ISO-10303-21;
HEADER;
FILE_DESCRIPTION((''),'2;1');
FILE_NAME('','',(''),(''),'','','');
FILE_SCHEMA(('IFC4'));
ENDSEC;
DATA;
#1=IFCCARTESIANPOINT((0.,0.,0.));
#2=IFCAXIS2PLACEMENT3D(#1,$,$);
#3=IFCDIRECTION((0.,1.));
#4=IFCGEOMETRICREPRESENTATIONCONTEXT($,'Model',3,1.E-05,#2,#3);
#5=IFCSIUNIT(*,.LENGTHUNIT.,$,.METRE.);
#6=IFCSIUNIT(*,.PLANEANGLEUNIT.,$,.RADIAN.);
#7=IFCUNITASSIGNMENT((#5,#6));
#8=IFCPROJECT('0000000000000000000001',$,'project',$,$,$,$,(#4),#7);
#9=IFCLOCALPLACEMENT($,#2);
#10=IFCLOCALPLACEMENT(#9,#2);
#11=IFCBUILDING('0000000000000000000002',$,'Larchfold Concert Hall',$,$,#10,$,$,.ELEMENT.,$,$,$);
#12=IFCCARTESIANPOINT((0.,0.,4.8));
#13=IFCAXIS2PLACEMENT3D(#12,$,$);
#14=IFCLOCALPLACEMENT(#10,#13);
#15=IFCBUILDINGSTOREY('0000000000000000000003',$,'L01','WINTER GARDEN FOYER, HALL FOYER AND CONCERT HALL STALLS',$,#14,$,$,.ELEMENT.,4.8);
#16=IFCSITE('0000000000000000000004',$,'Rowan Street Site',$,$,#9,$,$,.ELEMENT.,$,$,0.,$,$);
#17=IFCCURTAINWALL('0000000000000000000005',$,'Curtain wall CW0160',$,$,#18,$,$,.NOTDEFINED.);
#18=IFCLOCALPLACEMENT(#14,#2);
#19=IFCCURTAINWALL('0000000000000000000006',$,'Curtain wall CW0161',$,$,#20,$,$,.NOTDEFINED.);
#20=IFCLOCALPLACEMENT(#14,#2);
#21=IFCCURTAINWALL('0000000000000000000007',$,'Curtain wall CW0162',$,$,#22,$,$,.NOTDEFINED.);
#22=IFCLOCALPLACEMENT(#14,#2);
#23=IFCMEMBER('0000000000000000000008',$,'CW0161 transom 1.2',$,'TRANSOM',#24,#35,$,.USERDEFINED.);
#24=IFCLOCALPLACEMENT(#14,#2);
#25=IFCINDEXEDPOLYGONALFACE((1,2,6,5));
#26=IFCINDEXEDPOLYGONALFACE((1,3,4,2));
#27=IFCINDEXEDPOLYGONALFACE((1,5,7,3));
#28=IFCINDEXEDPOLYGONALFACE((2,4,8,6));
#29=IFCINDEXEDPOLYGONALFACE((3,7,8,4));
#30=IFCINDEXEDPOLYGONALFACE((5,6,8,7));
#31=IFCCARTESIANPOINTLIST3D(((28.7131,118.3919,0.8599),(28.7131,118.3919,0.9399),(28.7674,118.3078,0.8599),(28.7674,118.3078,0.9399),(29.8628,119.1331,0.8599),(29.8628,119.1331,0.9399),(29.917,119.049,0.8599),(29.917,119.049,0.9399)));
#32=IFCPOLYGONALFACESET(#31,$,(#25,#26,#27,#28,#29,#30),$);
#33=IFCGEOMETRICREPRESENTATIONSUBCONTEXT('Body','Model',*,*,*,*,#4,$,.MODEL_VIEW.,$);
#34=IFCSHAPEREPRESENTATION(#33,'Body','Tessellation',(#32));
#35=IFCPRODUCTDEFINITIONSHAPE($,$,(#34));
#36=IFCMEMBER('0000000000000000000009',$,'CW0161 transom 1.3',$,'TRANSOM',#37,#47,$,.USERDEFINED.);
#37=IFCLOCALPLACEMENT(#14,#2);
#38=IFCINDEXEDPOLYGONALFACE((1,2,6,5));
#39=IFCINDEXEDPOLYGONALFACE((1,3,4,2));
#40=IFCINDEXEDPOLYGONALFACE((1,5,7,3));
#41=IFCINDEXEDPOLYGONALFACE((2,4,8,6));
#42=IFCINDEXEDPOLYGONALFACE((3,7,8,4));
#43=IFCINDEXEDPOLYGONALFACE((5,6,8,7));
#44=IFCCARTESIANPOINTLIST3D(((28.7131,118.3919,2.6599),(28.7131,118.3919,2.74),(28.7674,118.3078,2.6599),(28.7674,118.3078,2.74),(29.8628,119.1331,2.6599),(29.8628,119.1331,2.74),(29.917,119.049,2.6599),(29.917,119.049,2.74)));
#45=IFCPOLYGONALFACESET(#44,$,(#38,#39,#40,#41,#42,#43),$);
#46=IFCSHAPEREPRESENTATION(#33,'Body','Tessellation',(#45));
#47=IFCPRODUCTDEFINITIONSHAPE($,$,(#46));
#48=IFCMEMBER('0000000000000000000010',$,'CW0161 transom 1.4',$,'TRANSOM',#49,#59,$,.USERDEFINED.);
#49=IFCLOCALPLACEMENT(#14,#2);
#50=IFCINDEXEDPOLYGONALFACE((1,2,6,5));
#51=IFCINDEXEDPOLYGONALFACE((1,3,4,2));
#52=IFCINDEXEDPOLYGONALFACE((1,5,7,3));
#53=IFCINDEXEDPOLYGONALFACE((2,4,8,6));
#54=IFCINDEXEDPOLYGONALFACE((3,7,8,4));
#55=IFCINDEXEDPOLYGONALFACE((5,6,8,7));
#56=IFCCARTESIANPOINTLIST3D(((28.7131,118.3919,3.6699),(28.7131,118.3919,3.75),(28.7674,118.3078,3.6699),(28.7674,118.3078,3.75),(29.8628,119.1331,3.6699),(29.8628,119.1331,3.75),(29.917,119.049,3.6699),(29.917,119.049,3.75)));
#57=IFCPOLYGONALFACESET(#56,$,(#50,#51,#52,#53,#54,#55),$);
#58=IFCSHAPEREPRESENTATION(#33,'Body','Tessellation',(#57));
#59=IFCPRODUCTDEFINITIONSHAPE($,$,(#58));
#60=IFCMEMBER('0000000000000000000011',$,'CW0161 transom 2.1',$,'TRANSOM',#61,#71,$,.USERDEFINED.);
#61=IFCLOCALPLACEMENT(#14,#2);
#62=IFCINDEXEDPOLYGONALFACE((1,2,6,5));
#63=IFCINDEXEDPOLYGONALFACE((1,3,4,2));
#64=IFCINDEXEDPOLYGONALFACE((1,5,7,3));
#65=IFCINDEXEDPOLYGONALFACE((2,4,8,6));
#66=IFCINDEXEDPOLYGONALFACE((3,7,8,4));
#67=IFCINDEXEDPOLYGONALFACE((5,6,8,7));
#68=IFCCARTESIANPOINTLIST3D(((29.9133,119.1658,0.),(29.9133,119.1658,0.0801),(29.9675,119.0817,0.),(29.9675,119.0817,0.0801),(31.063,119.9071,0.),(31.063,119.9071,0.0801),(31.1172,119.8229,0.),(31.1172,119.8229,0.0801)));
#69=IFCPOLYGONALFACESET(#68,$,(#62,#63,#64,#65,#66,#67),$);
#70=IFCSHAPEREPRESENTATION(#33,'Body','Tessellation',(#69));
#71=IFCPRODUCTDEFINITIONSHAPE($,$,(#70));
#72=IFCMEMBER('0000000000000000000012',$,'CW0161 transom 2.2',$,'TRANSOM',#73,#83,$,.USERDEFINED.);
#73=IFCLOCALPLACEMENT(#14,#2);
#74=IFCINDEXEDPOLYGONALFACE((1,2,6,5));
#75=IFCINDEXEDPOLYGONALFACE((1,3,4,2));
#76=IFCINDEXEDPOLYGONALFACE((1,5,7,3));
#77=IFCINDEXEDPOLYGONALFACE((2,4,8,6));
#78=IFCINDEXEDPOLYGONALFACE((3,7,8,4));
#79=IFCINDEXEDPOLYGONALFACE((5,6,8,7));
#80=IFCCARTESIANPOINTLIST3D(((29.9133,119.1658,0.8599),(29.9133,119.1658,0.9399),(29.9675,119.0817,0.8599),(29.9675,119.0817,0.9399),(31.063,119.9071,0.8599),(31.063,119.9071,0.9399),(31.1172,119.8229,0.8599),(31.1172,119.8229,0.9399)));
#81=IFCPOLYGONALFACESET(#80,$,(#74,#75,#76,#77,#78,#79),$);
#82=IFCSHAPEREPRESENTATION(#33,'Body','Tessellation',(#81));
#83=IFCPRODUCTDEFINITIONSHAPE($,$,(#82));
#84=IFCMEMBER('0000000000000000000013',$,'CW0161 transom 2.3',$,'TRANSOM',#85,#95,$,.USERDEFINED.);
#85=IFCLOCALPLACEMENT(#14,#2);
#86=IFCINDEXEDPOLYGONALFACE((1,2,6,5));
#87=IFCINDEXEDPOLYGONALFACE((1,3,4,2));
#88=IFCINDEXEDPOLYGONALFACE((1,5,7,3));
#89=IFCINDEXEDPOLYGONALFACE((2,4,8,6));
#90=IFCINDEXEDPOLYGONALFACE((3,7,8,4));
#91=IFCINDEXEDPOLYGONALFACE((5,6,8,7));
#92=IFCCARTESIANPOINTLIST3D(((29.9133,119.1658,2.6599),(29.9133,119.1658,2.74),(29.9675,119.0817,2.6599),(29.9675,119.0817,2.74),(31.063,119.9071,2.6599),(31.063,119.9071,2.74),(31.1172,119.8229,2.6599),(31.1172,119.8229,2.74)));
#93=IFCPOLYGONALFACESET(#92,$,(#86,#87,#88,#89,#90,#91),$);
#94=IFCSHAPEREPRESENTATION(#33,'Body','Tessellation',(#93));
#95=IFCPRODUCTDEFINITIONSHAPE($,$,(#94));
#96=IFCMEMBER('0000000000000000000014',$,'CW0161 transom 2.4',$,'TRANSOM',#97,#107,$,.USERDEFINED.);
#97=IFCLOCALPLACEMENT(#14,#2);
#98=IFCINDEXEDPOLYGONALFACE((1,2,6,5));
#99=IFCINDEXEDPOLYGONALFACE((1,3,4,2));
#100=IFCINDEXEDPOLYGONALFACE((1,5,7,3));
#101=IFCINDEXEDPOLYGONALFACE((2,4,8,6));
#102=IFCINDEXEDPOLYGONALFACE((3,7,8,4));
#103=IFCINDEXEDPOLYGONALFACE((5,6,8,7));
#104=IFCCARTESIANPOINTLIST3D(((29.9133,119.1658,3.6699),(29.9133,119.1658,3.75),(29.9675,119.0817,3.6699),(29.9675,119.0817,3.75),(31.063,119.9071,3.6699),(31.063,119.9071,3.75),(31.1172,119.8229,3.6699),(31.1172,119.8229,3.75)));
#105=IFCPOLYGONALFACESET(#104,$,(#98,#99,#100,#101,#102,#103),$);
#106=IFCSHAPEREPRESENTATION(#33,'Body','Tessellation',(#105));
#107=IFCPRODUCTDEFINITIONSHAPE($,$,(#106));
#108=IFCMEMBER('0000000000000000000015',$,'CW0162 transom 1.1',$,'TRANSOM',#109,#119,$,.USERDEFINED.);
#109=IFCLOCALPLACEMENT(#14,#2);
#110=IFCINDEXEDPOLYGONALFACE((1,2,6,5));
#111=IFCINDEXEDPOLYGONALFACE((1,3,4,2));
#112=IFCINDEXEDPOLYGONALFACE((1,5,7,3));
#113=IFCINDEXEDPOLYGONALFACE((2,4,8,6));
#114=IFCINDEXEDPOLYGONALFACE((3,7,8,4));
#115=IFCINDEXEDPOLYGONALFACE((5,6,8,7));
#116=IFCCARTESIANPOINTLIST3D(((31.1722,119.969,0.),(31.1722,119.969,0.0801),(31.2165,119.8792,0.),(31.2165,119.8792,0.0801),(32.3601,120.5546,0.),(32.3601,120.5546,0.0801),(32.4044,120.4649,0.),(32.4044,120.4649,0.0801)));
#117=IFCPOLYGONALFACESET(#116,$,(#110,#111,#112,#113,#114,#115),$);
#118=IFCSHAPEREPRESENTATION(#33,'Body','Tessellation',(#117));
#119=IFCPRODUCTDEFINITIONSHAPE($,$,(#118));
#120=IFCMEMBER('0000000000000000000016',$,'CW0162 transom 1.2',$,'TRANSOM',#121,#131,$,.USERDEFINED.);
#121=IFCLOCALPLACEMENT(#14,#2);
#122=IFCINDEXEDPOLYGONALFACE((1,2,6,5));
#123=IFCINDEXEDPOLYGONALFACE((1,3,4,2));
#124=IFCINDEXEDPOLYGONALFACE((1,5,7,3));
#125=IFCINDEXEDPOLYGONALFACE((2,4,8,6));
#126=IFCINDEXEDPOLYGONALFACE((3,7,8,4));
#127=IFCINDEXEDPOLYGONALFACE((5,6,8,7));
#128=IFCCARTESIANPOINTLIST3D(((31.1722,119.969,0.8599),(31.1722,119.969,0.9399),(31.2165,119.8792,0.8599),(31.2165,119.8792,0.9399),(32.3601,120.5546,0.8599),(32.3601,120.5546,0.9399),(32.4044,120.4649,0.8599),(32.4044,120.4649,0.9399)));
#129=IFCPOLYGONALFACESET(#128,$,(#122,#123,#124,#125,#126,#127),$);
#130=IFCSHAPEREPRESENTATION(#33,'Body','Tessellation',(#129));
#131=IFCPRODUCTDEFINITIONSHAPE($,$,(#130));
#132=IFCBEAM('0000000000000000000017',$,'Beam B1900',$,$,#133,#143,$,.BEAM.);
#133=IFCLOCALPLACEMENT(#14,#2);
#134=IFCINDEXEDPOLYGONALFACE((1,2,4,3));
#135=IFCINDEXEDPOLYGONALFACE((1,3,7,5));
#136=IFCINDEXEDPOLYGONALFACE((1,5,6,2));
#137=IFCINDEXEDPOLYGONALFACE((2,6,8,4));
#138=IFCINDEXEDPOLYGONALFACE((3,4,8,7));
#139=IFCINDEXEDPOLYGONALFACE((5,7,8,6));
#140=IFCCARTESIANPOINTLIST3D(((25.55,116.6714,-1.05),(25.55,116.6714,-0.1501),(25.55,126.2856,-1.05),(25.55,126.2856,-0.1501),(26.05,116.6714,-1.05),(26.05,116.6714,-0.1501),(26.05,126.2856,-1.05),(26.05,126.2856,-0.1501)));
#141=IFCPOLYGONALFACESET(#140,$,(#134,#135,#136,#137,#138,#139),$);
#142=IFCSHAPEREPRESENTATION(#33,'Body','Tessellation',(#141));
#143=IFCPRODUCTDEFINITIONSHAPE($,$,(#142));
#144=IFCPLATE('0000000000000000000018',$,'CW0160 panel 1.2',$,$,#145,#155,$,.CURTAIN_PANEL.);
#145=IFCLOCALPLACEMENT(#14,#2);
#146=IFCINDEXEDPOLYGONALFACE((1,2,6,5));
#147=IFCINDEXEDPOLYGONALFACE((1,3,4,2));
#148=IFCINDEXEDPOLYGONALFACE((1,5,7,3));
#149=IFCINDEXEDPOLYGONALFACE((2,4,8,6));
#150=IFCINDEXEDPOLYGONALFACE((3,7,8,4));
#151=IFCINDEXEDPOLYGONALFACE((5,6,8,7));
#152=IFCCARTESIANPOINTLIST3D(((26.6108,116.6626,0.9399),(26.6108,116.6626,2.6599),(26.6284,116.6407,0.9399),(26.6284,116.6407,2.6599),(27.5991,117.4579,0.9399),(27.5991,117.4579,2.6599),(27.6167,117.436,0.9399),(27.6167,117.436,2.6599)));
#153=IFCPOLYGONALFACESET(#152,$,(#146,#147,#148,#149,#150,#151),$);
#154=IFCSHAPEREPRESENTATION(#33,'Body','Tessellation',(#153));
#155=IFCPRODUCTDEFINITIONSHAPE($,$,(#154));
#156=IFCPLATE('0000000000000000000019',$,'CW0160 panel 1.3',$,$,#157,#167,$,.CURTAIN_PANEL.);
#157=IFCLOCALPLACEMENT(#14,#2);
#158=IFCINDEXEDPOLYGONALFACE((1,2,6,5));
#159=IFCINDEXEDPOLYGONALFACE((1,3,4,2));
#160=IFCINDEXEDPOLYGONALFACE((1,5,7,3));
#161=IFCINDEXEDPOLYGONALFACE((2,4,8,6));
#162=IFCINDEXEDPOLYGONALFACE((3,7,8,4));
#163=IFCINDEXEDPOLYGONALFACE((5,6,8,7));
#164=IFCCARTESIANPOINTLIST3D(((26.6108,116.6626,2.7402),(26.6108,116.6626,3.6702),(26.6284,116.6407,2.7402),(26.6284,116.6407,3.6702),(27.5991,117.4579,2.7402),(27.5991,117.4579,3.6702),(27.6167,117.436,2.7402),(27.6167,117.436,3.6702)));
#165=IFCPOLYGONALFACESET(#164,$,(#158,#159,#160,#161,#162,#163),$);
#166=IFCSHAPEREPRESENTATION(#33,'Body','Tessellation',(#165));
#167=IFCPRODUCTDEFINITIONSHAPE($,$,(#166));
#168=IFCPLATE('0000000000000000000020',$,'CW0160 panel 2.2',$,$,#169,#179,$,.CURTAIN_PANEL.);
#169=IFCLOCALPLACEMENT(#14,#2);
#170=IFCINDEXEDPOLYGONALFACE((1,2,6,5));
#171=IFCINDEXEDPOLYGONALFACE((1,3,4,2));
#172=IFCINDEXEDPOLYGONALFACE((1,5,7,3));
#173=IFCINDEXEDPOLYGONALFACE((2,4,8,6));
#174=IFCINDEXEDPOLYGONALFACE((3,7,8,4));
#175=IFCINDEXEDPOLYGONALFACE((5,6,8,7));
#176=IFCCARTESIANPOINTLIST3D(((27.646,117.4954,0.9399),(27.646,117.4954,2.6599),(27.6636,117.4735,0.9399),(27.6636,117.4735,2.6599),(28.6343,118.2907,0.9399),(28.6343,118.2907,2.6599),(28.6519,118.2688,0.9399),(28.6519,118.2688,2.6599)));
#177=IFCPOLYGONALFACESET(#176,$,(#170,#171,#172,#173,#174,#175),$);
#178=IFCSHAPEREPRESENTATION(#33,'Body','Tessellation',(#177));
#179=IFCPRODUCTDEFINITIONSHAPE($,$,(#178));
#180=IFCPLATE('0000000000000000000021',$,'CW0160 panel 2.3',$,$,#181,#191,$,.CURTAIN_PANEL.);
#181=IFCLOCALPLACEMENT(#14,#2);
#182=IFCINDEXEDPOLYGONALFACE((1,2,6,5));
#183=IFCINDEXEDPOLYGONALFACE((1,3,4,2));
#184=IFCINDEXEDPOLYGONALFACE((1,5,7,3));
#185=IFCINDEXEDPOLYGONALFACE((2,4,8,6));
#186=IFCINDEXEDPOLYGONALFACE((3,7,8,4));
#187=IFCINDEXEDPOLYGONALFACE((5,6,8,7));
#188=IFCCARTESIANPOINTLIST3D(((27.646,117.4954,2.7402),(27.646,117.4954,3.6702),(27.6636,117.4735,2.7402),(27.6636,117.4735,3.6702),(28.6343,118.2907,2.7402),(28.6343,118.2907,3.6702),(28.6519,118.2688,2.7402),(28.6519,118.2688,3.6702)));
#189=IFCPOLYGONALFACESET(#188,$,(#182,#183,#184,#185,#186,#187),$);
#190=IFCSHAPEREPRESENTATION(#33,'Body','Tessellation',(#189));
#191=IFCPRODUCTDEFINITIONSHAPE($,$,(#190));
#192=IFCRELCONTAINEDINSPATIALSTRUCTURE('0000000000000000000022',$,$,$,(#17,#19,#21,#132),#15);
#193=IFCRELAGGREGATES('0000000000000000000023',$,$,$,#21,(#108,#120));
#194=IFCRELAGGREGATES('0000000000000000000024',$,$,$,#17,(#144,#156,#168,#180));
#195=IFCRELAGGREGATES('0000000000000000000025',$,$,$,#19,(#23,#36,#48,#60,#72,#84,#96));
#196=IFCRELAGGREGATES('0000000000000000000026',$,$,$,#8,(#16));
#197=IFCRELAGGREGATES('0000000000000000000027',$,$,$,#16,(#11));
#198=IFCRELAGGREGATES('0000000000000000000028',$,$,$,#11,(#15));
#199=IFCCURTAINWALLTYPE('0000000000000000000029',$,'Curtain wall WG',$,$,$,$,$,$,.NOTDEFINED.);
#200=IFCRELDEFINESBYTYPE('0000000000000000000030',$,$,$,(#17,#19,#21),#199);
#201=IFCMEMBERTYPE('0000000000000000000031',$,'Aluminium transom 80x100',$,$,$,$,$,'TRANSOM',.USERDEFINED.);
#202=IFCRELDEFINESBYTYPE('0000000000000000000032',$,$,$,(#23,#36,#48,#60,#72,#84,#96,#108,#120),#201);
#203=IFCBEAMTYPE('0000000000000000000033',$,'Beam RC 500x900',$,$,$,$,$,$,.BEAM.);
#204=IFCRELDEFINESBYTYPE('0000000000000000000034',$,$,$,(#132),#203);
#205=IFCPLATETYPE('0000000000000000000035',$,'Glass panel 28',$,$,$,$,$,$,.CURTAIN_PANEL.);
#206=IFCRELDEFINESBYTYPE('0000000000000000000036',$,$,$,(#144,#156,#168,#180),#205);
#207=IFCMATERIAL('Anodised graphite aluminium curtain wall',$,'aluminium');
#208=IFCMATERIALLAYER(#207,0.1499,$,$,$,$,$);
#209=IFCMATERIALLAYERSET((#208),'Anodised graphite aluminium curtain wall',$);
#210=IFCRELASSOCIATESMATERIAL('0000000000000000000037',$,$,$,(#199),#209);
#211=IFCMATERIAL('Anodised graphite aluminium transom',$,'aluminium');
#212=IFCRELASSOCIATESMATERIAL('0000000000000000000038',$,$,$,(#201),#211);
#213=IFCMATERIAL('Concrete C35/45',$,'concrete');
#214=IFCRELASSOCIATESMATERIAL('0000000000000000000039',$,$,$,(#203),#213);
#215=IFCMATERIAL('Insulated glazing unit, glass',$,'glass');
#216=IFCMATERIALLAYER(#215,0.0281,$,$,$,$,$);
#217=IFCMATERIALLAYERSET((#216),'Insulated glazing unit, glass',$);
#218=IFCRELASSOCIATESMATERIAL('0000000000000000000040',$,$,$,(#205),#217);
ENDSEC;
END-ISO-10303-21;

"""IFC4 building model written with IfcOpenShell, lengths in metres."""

from ifc_helpers import new_model, si_unit, direction, frame, origin, origin_2d, place, context, subcontext, project, spatial, rectangle, extrude, material, layer, layer_set, material_profile, profile_set, type_object, element, aggregate, save


model = new_model("IFC4")

# Units and contexts
model_context = context("Model", 3, precision=1e-05, world=origin(), true_north=direction((0.0, 1.0)))
body_context = subcontext(model_context, "Body", "Model", "MODEL_VIEW")
ifc_project = project(units=[si_unit("LENGTHUNIT", "METRE"), si_unit("PLANEANGLEUNIT", "RADIAN")], contexts=[model_context])

# Site, building, storey
site_placement = place(None, origin())
site = spatial("IfcSite", under=ifc_project, at=site_placement, Name="Rowan Street Site", CompositionType="ELEMENT", RefElevation=0.0)
building_placement = place(site_placement, origin())
building = spatial("IfcBuilding", under=site, at=building_placement, Name="Larchfold Concert Hall", CompositionType="ELEMENT")
storey_placement = place(building_placement, frame((0.0, 0.0, 4.8)))
storey = spatial("IfcBuildingStorey", under=building, at=storey_placement, Name="L01", Description="WINTER GARDEN FOYER, HALL FOYER AND CONCERT HALL STALLS", CompositionType="ELEMENT", Elevation=4.8)

# Curtain walls
ifc_material_1 = material(Name="Anodised graphite aluminium curtain wall", Category="aluminium")
ifc_layer_1 = layer(ifc_material_1, 0.1499)
ifc_layer_set_1 = layer_set([ifc_layer_1], Name="Anodised graphite aluminium curtain wall")
curtain_wall_type = type_object("IfcCurtainWallType", Name="Curtain wall WG", PredefinedType="NOTDEFINED", material=ifc_layer_set_1)
curtain_wall_1_placement = place(storey_placement, origin())
curtain_wall_1 = element("IfcCurtainWall", 1, at=curtain_wall_1_placement, inside=storey, type_object=curtain_wall_type, Name="Curtain wall CW0160", PredefinedType="NOTDEFINED")
curtain_wall_2_placement = place(storey_placement, origin())
curtain_wall_2 = element("IfcCurtainWall", 2, at=curtain_wall_2_placement, inside=storey, type_object=curtain_wall_type, Name="Curtain wall CW0161", PredefinedType="NOTDEFINED")

# Curtain wall
curtain_wall_3_placement = place(storey_placement, origin())
curtain_wall_3 = element("IfcCurtainWall", 3, at=curtain_wall_3_placement, inside=storey, type_object=curtain_wall_type, Name="Curtain wall CW0162", PredefinedType="NOTDEFINED")

# Members
ifc_material_2 = material(Name="Anodised graphite aluminium transom", Category="aluminium")
ifc_material_profile_1 = material_profile(ifc_material_2, rectangle(XDim=0.1001, YDim=0.0801, at=origin_2d()))
ifc_profile_set_1 = profile_set([ifc_material_profile_1], Name="Anodised graphite aluminium transom")
member_type_1 = type_object("IfcMemberType", Name="Aluminium transom 80x100", ElementType="TRANSOM", PredefinedType="USERDEFINED", material=ifc_profile_set_1)
member_1_placement = place(storey_placement, frame((28.7402, 118.3499, 0.8999), z_axis=(0.840464, 0.541867, 0.0), x_axis=(-0.541867, 0.840464, 0.0)))
member_1 = element("IfcMember", 4, at=member_1_placement, type_object=member_type_1, Name="CW0161 transom 1.2", ObjectType="TRANSOM", PredefinedType="USERDEFINED", context=body_context, shape_type="SweptSolid", body=[
    extrude(rectangle(XDim=0.1001, YDim=0.0801, at=origin_2d()), origin(), (0.0, 0.0, 1.0), 1.3679),
])
member_2_placement = place(storey_placement, frame((28.7402, 118.3499, 2.7), z_axis=(0.840464, 0.541867, 0.0), x_axis=(-0.541867, 0.840464, 0.0)))
member_2 = element("IfcMember", 5, at=member_2_placement, type_object=member_type_1, Name="CW0161 transom 1.3", ObjectType="TRANSOM", PredefinedType="USERDEFINED", context=body_context, shape_type="SweptSolid", body=[
    extrude(rectangle(XDim=0.1001, YDim=0.0801, at=origin_2d()), origin(), (0.0, 0.0, 1.0), 1.3679),
])
member_3_placement = place(storey_placement, frame((28.7402, 118.3499, 3.71), z_axis=(0.840464, 0.541867, 0.0), x_axis=(-0.541867, 0.840464, 0.0)))
member_3 = element("IfcMember", 6, at=member_3_placement, type_object=member_type_1, Name="CW0161 transom 1.4", ObjectType="TRANSOM", PredefinedType="USERDEFINED", context=body_context, shape_type="SweptSolid", body=[
    extrude(rectangle(XDim=0.1001, YDim=0.0801, at=origin_2d()), origin(), (0.0, 0.0, 1.0), 1.3679),
])
member_4_placement = place(storey_placement, frame((29.9404, 119.1238, 0.04), z_axis=(0.840464, 0.541867, 0.0), x_axis=(-0.541867, 0.840464, 0.0)))
member_4 = element("IfcMember", 7, at=member_4_placement, type_object=member_type_1, Name="CW0161 transom 2.1", ObjectType="TRANSOM", PredefinedType="USERDEFINED", context=body_context, shape_type="SweptSolid", body=[
    extrude(rectangle(XDim=0.1001, YDim=0.0801, at=origin_2d()), origin(), (0.0, 0.0, 1.0), 1.3679),
])
member_5_placement = place(storey_placement, frame((29.9404, 119.1238, 0.8999), z_axis=(0.840464, 0.541867, 0.0), x_axis=(-0.541867, 0.840464, 0.0)))
member_5 = element("IfcMember", 8, at=member_5_placement, type_object=member_type_1, Name="CW0161 transom 2.2", ObjectType="TRANSOM", PredefinedType="USERDEFINED", context=body_context, shape_type="SweptSolid", body=[
    extrude(rectangle(XDim=0.1001, YDim=0.0801, at=origin_2d()), origin(), (0.0, 0.0, 1.0), 1.3679),
])
member_6_placement = place(storey_placement, frame((29.9404, 119.1238, 2.7), z_axis=(0.840464, 0.541867, 0.0), x_axis=(-0.541867, 0.840464, 0.0)))
member_6 = element("IfcMember", 9, at=member_6_placement, type_object=member_type_1, Name="CW0161 transom 2.3", ObjectType="TRANSOM", PredefinedType="USERDEFINED", context=body_context, shape_type="SweptSolid", body=[
    extrude(rectangle(XDim=0.1001, YDim=0.0801, at=origin_2d()), origin(), (0.0, 0.0, 1.0), 1.3679),
])
member_7_placement = place(storey_placement, frame((29.9404, 119.1238, 3.71), z_axis=(0.840464, 0.541867, 0.0), x_axis=(-0.541867, 0.840464, 0.0)))
member_7 = element("IfcMember", 10, at=member_7_placement, type_object=member_type_1, Name="CW0161 transom 2.4", ObjectType="TRANSOM", PredefinedType="USERDEFINED", context=body_context, shape_type="SweptSolid", body=[
    extrude(rectangle(XDim=0.1001, YDim=0.0801, at=origin_2d()), origin(), (0.0, 0.0, 1.0), 1.3679),
])
member_8_placement = place(storey_placement, frame((31.1943, 119.9241, 0.04), z_axis=(0.89692, 0.442193, 0.0), x_axis=(-0.442193, 0.89692, 0.0)))
member_8 = element("IfcMember", 11, at=member_8_placement, type_object=member_type_1, Name="CW0162 transom 1.1", ObjectType="TRANSOM", PredefinedType="USERDEFINED", context=body_context, shape_type="SweptSolid", body=[
    extrude(rectangle(XDim=0.1001, YDim=0.0801, at=origin_2d()), origin(), (0.0, 0.0, 1.0), 1.3245),
])
member_9_placement = place(storey_placement, frame((31.1943, 119.9241, 0.8999), z_axis=(0.89692, 0.442193, 0.0), x_axis=(-0.442193, 0.89692, 0.0)))
member_9 = element("IfcMember", 12, at=member_9_placement, type_object=member_type_1, Name="CW0162 transom 1.2", ObjectType="TRANSOM", PredefinedType="USERDEFINED", context=body_context, shape_type="SweptSolid", body=[
    extrude(rectangle(XDim=0.1001, YDim=0.0801, at=origin_2d()), origin(), (0.0, 0.0, 1.0), 1.3245),
])
aggregate(curtain_wall_3, [member_8, member_9])

# Beam
ifc_material_3 = material(Name="Concrete C35/45", Category="concrete")
ifc_material_profile_2 = material_profile(ifc_material_3, rectangle(XDim=0.5, YDim=0.8999, at=origin_2d()))
ifc_profile_set_2 = profile_set([ifc_material_profile_2], Name="Concrete C35/45")
beam_type = type_object("IfcBeamType", Name="Beam RC 500x900", PredefinedType="BEAM", material=ifc_profile_set_2)
beam_placement = place(storey_placement, frame((25.8, 116.6714, -0.6001), z_axis=(0.0, 1.0, 0.0), x_axis=(-1.0, 0.0, 0.0)))
element("IfcBeam", 13, at=beam_placement, inside=storey, type_object=beam_type, Name="Beam B1900", PredefinedType="BEAM", context=body_context, shape_type="SweptSolid", body=[
    extrude(rectangle(XDim=0.5, YDim=0.8999, at=origin_2d()), origin(), (0.0, 0.0, 1.0), 9.6143),
])

# Plates
ifc_material_4 = material(Name="Insulated glazing unit, glass", Category="glass")
ifc_layer_2 = layer(ifc_material_4, 0.0281)
ifc_layer_set_2 = layer_set([ifc_layer_2], Name="Insulated glazing unit, glass")
plate_type_1 = type_object("IfcPlateType", Name="Glass panel 28", PredefinedType="CURTAIN_PANEL", material=ifc_layer_set_2)
plate_1_placement = place(storey_placement, frame((27.1138, 117.0493, 0.9399), z_axis=(0.0, 0.0, 1.0), x_axis=(0.779068, 0.626939, 0.0)))
plate_1 = element("IfcPlate", 14, at=plate_1_placement, type_object=plate_type_1, Name="CW0160 panel 1.2", PredefinedType="CURTAIN_PANEL", context=body_context, shape_type="SweptSolid", body=[
    extrude(rectangle(XDim=1.2686, YDim=0.0281, at=origin_2d()), origin(), (0.0, 0.0, 1.0), 1.72),
])
plate_2_placement = place(storey_placement, frame((27.1138, 117.0493, 2.7402), z_axis=(0.0, 0.0, 1.0), x_axis=(0.779068, 0.626939, 0.0)))
plate_2 = element("IfcPlate", 15, at=plate_2_placement, type_object=plate_type_1, Name="CW0160 panel 1.3", PredefinedType="CURTAIN_PANEL", context=body_context, shape_type="SweptSolid", body=[
    extrude(rectangle(XDim=1.2686, YDim=0.0281, at=origin_2d()), origin(), (0.0, 0.0, 1.0), 0.9299),
])
plate_3_placement = place(storey_placement, frame((28.1489, 117.8821, 0.9399), z_axis=(0.0, 0.0, 1.0), x_axis=(0.779068, 0.626939, 0.0)))
plate_3 = element("IfcPlate", 16, at=plate_3_placement, type_object=plate_type_1, Name="CW0160 panel 2.2", PredefinedType="CURTAIN_PANEL", context=body_context, shape_type="SweptSolid", body=[
    extrude(rectangle(XDim=1.2686, YDim=0.0281, at=origin_2d()), origin(), (0.0, 0.0, 1.0), 1.72),
])
plate_4_placement = place(storey_placement, frame((28.1489, 117.8821, 2.7402), z_axis=(0.0, 0.0, 1.0), x_axis=(0.779068, 0.626939, 0.0)))
plate_4 = element("IfcPlate", 17, at=plate_4_placement, type_object=plate_type_1, Name="CW0160 panel 2.3", PredefinedType="CURTAIN_PANEL", context=body_context, shape_type="SweptSolid", body=[
    extrude(rectangle(XDim=1.2686, YDim=0.0281, at=origin_2d()), origin(), (0.0, 0.0, 1.0), 0.9299),
])
aggregate(curtain_wall_1, [plate_1, plate_2, plate_3, plate_4])
aggregate(curtain_wall_2, [member_1, member_2, member_3, member_4, member_5, member_6, member_7])

save(model, "model.ifc")
